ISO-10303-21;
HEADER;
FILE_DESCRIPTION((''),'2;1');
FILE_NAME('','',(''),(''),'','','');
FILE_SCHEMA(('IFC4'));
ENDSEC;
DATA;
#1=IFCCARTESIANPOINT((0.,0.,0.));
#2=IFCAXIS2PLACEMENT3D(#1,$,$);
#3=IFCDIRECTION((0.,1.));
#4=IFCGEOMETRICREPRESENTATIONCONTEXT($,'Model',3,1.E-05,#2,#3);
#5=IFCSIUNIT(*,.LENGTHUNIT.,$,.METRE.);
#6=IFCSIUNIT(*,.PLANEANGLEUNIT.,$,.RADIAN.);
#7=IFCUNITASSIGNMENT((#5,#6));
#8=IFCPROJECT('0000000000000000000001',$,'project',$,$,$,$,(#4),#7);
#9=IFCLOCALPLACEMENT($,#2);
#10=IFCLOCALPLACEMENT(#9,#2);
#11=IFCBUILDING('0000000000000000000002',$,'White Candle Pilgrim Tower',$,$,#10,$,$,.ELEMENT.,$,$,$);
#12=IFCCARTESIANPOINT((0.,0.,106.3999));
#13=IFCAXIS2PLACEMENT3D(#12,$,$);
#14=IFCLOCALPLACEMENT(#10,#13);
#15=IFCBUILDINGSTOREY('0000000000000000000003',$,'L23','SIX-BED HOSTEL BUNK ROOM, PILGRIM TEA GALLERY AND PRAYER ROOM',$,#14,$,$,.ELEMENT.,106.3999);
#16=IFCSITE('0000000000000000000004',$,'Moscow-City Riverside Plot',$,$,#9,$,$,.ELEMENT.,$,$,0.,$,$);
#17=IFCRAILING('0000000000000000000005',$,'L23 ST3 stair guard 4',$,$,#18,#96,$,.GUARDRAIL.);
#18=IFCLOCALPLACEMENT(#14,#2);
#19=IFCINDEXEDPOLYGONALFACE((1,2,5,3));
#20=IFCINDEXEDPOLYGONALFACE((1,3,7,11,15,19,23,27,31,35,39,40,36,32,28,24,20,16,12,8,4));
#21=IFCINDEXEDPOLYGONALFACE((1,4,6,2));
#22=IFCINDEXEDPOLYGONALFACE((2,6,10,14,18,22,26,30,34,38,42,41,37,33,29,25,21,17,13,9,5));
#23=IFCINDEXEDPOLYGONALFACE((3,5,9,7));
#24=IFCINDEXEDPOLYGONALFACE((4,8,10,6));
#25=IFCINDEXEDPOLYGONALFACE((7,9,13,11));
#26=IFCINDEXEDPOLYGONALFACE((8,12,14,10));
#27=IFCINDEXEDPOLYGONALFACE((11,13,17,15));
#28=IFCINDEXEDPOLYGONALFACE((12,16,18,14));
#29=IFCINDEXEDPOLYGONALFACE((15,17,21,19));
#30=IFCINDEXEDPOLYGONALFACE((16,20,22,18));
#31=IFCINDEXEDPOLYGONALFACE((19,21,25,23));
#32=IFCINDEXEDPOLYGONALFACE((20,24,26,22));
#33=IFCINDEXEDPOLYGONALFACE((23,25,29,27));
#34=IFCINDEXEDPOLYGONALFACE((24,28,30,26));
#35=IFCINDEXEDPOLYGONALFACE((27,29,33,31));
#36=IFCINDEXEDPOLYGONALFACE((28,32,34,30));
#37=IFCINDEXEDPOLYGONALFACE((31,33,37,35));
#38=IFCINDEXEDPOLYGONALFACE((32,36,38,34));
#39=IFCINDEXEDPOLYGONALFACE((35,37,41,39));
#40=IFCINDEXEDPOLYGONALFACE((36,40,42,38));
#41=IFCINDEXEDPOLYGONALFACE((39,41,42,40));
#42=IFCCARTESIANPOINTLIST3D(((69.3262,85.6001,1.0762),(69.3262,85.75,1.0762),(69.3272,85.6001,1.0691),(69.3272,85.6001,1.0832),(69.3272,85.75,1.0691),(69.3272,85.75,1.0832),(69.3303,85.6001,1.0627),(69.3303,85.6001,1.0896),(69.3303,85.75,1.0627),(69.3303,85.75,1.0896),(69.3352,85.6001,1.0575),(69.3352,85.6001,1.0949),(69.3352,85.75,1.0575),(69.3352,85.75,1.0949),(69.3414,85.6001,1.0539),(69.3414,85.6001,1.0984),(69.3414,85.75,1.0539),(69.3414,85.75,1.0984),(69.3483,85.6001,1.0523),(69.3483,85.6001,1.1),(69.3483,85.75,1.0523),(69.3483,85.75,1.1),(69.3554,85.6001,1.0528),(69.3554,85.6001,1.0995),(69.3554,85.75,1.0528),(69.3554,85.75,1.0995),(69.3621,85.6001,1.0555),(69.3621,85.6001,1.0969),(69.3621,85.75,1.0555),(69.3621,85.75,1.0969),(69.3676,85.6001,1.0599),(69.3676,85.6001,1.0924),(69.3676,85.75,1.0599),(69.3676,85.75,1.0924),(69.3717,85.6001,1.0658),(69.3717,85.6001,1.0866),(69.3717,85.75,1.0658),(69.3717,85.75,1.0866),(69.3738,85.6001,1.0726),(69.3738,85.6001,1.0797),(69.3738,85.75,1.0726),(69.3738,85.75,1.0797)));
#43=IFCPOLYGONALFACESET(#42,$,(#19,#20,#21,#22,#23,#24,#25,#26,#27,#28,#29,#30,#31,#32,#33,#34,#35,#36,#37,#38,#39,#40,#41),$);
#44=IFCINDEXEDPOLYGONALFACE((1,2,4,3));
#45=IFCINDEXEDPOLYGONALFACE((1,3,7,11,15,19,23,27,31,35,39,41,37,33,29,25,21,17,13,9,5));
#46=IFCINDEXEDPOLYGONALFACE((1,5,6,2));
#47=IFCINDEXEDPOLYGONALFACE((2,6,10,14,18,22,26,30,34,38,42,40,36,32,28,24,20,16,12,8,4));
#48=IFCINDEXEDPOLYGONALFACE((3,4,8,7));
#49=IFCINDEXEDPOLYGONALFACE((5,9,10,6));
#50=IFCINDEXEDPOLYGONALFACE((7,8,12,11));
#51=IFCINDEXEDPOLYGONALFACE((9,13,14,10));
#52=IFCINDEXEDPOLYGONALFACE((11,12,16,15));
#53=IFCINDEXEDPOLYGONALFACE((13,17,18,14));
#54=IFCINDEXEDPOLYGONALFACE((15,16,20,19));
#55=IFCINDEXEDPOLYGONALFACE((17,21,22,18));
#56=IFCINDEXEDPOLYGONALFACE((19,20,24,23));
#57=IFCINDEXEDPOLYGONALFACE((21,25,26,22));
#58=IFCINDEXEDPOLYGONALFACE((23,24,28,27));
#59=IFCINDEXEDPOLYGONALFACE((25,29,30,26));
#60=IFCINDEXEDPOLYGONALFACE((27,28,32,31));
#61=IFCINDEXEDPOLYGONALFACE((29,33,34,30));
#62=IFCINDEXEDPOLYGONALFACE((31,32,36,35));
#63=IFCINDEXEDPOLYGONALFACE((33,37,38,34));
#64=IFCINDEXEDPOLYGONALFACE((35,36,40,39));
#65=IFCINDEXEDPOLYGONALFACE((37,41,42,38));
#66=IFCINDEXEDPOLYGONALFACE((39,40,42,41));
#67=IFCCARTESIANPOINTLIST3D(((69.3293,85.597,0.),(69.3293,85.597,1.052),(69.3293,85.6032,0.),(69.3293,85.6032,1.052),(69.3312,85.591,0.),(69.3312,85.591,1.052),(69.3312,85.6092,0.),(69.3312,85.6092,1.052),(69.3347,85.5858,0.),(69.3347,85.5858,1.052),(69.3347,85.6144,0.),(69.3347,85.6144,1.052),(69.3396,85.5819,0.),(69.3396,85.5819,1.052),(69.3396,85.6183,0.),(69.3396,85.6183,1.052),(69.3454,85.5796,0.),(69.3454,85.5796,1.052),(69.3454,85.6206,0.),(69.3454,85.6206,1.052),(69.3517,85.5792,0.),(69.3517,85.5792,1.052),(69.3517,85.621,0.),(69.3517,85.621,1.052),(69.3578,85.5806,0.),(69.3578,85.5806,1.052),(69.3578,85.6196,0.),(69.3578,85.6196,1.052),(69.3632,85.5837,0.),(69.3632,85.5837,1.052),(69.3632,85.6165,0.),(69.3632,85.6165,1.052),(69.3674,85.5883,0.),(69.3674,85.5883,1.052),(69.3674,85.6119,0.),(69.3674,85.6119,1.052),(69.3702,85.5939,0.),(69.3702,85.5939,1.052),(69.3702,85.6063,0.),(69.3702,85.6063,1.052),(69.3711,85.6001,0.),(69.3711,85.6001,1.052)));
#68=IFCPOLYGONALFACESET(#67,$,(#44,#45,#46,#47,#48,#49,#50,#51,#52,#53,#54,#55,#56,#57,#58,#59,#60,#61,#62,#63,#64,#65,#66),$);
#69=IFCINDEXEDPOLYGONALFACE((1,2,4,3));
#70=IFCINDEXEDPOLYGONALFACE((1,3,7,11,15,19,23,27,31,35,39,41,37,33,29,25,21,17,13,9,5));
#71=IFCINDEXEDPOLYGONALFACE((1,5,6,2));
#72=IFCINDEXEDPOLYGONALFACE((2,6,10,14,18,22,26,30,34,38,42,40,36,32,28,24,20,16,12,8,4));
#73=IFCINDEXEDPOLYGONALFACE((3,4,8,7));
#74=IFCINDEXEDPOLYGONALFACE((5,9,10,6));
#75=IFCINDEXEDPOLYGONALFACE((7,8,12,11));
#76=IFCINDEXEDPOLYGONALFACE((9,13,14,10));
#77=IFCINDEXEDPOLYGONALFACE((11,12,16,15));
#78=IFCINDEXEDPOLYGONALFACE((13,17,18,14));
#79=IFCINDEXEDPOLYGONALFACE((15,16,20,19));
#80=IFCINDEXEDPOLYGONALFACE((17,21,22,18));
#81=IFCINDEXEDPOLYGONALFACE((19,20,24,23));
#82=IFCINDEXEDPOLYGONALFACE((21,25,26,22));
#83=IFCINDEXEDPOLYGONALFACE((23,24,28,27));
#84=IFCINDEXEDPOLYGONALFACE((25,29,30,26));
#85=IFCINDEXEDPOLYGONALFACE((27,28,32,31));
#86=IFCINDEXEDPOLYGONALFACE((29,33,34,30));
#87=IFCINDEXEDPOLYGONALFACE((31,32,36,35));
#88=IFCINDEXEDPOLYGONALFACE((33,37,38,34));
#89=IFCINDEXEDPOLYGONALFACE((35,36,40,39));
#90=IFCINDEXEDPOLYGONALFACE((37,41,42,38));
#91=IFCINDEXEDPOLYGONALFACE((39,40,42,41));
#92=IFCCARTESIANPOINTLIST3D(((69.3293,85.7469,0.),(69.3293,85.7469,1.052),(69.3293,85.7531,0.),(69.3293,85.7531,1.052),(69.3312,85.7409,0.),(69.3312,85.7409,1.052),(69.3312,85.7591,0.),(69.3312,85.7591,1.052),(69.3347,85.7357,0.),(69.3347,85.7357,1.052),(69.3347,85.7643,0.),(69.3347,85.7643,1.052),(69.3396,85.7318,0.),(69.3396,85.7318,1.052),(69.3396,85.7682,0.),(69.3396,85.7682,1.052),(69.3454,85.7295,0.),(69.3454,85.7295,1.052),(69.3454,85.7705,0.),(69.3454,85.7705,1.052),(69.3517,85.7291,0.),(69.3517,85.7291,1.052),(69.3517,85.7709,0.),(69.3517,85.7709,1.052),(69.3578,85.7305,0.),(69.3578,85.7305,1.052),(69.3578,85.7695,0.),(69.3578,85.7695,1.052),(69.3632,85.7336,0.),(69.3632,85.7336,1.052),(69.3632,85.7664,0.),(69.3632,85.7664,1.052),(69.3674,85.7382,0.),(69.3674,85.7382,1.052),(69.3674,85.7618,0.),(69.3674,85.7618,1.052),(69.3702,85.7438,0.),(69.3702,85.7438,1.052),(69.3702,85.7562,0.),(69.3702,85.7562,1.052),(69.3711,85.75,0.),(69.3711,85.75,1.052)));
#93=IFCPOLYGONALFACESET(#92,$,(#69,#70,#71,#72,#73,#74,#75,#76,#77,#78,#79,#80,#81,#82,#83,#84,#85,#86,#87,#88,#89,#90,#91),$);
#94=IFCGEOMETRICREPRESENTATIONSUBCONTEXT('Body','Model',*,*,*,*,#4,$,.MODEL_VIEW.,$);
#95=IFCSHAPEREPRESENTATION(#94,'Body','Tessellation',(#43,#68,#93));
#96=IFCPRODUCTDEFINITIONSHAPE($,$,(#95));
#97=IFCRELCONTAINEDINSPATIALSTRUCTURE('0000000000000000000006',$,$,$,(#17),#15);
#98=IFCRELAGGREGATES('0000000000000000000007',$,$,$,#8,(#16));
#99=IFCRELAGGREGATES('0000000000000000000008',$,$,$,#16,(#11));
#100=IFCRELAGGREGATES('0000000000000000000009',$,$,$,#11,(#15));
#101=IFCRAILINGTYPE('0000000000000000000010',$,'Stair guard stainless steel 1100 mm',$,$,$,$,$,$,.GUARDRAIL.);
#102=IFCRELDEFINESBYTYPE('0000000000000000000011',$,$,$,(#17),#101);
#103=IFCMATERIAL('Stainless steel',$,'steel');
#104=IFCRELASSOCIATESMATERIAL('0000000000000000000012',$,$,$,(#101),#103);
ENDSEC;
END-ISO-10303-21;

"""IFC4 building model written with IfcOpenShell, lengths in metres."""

from ifc_helpers import new_model, si_unit, direction, frame, origin, origin_2d, place, context, subcontext, project, spatial, circle, extrude, material, type_object, element, save


model = new_model("IFC4")

# Units and contexts
model_context = context("Model", 3, precision=1e-05, world=origin(), true_north=direction((0.0, 1.0)))
body_context = subcontext(model_context, "Body", "Model", "MODEL_VIEW")
ifc_project = project(units=[si_unit("LENGTHUNIT", "METRE"), si_unit("PLANEANGLEUNIT", "RADIAN")], contexts=[model_context])

# Site, building, storey
site_placement = place(None, origin())
site = spatial("IfcSite", under=ifc_project, at=site_placement, Name="Moscow-City Riverside Plot", CompositionType="ELEMENT", RefElevation=0.0)
building_placement = place(site_placement, origin())
building = spatial("IfcBuilding", under=site, at=building_placement, Name="White Candle Pilgrim Tower", CompositionType="ELEMENT")
storey_placement = place(building_placement, frame((0.0, 0.0, 106.3999)))
storey = spatial("IfcBuildingStorey", under=building, at=storey_placement, Name="L23", Description="SIX-BED HOSTEL BUNK ROOM, PILGRIM TEA GALLERY AND PRAYER ROOM", CompositionType="ELEMENT", Elevation=106.3999)

# Railing
ifc_material_1 = material(Name="Stainless steel", Category="steel")
railing_type_1 = type_object("IfcRailingType", Name="Stair guard stainless steel 1100 mm", PredefinedType="GUARDRAIL", material=ifc_material_1)
railing_1_placement = place(storey_placement, frame((69.3501, 85.6001, 0.0)))
element("IfcRailing", 1, at=railing_1_placement, inside=storey, type_object=railing_type_1, Name="L23 ST3 stair guard 4", PredefinedType="GUARDRAIL", context=body_context, shape_type="SweptSolid", body=[
    extrude(circle(Radius=0.0239, at=origin_2d()), frame((0.0, 0.0, 1.0762), z_axis=(0.0, 1.0, 0.0), x_axis=(-1.0, 0.0, 0.0)), (0.0, 0.0, 1.0), 0.1499),
    extrude(circle(Radius=0.021, at=origin_2d()), origin(), (0.0, 0.0, 1.0), 1.052),
    extrude(circle(Radius=0.021, at=origin_2d()), frame((0.0, 0.1499, 0.0)), (0.0, 0.0, 1.0), 1.052),
])

save(model, "model.ifc")
